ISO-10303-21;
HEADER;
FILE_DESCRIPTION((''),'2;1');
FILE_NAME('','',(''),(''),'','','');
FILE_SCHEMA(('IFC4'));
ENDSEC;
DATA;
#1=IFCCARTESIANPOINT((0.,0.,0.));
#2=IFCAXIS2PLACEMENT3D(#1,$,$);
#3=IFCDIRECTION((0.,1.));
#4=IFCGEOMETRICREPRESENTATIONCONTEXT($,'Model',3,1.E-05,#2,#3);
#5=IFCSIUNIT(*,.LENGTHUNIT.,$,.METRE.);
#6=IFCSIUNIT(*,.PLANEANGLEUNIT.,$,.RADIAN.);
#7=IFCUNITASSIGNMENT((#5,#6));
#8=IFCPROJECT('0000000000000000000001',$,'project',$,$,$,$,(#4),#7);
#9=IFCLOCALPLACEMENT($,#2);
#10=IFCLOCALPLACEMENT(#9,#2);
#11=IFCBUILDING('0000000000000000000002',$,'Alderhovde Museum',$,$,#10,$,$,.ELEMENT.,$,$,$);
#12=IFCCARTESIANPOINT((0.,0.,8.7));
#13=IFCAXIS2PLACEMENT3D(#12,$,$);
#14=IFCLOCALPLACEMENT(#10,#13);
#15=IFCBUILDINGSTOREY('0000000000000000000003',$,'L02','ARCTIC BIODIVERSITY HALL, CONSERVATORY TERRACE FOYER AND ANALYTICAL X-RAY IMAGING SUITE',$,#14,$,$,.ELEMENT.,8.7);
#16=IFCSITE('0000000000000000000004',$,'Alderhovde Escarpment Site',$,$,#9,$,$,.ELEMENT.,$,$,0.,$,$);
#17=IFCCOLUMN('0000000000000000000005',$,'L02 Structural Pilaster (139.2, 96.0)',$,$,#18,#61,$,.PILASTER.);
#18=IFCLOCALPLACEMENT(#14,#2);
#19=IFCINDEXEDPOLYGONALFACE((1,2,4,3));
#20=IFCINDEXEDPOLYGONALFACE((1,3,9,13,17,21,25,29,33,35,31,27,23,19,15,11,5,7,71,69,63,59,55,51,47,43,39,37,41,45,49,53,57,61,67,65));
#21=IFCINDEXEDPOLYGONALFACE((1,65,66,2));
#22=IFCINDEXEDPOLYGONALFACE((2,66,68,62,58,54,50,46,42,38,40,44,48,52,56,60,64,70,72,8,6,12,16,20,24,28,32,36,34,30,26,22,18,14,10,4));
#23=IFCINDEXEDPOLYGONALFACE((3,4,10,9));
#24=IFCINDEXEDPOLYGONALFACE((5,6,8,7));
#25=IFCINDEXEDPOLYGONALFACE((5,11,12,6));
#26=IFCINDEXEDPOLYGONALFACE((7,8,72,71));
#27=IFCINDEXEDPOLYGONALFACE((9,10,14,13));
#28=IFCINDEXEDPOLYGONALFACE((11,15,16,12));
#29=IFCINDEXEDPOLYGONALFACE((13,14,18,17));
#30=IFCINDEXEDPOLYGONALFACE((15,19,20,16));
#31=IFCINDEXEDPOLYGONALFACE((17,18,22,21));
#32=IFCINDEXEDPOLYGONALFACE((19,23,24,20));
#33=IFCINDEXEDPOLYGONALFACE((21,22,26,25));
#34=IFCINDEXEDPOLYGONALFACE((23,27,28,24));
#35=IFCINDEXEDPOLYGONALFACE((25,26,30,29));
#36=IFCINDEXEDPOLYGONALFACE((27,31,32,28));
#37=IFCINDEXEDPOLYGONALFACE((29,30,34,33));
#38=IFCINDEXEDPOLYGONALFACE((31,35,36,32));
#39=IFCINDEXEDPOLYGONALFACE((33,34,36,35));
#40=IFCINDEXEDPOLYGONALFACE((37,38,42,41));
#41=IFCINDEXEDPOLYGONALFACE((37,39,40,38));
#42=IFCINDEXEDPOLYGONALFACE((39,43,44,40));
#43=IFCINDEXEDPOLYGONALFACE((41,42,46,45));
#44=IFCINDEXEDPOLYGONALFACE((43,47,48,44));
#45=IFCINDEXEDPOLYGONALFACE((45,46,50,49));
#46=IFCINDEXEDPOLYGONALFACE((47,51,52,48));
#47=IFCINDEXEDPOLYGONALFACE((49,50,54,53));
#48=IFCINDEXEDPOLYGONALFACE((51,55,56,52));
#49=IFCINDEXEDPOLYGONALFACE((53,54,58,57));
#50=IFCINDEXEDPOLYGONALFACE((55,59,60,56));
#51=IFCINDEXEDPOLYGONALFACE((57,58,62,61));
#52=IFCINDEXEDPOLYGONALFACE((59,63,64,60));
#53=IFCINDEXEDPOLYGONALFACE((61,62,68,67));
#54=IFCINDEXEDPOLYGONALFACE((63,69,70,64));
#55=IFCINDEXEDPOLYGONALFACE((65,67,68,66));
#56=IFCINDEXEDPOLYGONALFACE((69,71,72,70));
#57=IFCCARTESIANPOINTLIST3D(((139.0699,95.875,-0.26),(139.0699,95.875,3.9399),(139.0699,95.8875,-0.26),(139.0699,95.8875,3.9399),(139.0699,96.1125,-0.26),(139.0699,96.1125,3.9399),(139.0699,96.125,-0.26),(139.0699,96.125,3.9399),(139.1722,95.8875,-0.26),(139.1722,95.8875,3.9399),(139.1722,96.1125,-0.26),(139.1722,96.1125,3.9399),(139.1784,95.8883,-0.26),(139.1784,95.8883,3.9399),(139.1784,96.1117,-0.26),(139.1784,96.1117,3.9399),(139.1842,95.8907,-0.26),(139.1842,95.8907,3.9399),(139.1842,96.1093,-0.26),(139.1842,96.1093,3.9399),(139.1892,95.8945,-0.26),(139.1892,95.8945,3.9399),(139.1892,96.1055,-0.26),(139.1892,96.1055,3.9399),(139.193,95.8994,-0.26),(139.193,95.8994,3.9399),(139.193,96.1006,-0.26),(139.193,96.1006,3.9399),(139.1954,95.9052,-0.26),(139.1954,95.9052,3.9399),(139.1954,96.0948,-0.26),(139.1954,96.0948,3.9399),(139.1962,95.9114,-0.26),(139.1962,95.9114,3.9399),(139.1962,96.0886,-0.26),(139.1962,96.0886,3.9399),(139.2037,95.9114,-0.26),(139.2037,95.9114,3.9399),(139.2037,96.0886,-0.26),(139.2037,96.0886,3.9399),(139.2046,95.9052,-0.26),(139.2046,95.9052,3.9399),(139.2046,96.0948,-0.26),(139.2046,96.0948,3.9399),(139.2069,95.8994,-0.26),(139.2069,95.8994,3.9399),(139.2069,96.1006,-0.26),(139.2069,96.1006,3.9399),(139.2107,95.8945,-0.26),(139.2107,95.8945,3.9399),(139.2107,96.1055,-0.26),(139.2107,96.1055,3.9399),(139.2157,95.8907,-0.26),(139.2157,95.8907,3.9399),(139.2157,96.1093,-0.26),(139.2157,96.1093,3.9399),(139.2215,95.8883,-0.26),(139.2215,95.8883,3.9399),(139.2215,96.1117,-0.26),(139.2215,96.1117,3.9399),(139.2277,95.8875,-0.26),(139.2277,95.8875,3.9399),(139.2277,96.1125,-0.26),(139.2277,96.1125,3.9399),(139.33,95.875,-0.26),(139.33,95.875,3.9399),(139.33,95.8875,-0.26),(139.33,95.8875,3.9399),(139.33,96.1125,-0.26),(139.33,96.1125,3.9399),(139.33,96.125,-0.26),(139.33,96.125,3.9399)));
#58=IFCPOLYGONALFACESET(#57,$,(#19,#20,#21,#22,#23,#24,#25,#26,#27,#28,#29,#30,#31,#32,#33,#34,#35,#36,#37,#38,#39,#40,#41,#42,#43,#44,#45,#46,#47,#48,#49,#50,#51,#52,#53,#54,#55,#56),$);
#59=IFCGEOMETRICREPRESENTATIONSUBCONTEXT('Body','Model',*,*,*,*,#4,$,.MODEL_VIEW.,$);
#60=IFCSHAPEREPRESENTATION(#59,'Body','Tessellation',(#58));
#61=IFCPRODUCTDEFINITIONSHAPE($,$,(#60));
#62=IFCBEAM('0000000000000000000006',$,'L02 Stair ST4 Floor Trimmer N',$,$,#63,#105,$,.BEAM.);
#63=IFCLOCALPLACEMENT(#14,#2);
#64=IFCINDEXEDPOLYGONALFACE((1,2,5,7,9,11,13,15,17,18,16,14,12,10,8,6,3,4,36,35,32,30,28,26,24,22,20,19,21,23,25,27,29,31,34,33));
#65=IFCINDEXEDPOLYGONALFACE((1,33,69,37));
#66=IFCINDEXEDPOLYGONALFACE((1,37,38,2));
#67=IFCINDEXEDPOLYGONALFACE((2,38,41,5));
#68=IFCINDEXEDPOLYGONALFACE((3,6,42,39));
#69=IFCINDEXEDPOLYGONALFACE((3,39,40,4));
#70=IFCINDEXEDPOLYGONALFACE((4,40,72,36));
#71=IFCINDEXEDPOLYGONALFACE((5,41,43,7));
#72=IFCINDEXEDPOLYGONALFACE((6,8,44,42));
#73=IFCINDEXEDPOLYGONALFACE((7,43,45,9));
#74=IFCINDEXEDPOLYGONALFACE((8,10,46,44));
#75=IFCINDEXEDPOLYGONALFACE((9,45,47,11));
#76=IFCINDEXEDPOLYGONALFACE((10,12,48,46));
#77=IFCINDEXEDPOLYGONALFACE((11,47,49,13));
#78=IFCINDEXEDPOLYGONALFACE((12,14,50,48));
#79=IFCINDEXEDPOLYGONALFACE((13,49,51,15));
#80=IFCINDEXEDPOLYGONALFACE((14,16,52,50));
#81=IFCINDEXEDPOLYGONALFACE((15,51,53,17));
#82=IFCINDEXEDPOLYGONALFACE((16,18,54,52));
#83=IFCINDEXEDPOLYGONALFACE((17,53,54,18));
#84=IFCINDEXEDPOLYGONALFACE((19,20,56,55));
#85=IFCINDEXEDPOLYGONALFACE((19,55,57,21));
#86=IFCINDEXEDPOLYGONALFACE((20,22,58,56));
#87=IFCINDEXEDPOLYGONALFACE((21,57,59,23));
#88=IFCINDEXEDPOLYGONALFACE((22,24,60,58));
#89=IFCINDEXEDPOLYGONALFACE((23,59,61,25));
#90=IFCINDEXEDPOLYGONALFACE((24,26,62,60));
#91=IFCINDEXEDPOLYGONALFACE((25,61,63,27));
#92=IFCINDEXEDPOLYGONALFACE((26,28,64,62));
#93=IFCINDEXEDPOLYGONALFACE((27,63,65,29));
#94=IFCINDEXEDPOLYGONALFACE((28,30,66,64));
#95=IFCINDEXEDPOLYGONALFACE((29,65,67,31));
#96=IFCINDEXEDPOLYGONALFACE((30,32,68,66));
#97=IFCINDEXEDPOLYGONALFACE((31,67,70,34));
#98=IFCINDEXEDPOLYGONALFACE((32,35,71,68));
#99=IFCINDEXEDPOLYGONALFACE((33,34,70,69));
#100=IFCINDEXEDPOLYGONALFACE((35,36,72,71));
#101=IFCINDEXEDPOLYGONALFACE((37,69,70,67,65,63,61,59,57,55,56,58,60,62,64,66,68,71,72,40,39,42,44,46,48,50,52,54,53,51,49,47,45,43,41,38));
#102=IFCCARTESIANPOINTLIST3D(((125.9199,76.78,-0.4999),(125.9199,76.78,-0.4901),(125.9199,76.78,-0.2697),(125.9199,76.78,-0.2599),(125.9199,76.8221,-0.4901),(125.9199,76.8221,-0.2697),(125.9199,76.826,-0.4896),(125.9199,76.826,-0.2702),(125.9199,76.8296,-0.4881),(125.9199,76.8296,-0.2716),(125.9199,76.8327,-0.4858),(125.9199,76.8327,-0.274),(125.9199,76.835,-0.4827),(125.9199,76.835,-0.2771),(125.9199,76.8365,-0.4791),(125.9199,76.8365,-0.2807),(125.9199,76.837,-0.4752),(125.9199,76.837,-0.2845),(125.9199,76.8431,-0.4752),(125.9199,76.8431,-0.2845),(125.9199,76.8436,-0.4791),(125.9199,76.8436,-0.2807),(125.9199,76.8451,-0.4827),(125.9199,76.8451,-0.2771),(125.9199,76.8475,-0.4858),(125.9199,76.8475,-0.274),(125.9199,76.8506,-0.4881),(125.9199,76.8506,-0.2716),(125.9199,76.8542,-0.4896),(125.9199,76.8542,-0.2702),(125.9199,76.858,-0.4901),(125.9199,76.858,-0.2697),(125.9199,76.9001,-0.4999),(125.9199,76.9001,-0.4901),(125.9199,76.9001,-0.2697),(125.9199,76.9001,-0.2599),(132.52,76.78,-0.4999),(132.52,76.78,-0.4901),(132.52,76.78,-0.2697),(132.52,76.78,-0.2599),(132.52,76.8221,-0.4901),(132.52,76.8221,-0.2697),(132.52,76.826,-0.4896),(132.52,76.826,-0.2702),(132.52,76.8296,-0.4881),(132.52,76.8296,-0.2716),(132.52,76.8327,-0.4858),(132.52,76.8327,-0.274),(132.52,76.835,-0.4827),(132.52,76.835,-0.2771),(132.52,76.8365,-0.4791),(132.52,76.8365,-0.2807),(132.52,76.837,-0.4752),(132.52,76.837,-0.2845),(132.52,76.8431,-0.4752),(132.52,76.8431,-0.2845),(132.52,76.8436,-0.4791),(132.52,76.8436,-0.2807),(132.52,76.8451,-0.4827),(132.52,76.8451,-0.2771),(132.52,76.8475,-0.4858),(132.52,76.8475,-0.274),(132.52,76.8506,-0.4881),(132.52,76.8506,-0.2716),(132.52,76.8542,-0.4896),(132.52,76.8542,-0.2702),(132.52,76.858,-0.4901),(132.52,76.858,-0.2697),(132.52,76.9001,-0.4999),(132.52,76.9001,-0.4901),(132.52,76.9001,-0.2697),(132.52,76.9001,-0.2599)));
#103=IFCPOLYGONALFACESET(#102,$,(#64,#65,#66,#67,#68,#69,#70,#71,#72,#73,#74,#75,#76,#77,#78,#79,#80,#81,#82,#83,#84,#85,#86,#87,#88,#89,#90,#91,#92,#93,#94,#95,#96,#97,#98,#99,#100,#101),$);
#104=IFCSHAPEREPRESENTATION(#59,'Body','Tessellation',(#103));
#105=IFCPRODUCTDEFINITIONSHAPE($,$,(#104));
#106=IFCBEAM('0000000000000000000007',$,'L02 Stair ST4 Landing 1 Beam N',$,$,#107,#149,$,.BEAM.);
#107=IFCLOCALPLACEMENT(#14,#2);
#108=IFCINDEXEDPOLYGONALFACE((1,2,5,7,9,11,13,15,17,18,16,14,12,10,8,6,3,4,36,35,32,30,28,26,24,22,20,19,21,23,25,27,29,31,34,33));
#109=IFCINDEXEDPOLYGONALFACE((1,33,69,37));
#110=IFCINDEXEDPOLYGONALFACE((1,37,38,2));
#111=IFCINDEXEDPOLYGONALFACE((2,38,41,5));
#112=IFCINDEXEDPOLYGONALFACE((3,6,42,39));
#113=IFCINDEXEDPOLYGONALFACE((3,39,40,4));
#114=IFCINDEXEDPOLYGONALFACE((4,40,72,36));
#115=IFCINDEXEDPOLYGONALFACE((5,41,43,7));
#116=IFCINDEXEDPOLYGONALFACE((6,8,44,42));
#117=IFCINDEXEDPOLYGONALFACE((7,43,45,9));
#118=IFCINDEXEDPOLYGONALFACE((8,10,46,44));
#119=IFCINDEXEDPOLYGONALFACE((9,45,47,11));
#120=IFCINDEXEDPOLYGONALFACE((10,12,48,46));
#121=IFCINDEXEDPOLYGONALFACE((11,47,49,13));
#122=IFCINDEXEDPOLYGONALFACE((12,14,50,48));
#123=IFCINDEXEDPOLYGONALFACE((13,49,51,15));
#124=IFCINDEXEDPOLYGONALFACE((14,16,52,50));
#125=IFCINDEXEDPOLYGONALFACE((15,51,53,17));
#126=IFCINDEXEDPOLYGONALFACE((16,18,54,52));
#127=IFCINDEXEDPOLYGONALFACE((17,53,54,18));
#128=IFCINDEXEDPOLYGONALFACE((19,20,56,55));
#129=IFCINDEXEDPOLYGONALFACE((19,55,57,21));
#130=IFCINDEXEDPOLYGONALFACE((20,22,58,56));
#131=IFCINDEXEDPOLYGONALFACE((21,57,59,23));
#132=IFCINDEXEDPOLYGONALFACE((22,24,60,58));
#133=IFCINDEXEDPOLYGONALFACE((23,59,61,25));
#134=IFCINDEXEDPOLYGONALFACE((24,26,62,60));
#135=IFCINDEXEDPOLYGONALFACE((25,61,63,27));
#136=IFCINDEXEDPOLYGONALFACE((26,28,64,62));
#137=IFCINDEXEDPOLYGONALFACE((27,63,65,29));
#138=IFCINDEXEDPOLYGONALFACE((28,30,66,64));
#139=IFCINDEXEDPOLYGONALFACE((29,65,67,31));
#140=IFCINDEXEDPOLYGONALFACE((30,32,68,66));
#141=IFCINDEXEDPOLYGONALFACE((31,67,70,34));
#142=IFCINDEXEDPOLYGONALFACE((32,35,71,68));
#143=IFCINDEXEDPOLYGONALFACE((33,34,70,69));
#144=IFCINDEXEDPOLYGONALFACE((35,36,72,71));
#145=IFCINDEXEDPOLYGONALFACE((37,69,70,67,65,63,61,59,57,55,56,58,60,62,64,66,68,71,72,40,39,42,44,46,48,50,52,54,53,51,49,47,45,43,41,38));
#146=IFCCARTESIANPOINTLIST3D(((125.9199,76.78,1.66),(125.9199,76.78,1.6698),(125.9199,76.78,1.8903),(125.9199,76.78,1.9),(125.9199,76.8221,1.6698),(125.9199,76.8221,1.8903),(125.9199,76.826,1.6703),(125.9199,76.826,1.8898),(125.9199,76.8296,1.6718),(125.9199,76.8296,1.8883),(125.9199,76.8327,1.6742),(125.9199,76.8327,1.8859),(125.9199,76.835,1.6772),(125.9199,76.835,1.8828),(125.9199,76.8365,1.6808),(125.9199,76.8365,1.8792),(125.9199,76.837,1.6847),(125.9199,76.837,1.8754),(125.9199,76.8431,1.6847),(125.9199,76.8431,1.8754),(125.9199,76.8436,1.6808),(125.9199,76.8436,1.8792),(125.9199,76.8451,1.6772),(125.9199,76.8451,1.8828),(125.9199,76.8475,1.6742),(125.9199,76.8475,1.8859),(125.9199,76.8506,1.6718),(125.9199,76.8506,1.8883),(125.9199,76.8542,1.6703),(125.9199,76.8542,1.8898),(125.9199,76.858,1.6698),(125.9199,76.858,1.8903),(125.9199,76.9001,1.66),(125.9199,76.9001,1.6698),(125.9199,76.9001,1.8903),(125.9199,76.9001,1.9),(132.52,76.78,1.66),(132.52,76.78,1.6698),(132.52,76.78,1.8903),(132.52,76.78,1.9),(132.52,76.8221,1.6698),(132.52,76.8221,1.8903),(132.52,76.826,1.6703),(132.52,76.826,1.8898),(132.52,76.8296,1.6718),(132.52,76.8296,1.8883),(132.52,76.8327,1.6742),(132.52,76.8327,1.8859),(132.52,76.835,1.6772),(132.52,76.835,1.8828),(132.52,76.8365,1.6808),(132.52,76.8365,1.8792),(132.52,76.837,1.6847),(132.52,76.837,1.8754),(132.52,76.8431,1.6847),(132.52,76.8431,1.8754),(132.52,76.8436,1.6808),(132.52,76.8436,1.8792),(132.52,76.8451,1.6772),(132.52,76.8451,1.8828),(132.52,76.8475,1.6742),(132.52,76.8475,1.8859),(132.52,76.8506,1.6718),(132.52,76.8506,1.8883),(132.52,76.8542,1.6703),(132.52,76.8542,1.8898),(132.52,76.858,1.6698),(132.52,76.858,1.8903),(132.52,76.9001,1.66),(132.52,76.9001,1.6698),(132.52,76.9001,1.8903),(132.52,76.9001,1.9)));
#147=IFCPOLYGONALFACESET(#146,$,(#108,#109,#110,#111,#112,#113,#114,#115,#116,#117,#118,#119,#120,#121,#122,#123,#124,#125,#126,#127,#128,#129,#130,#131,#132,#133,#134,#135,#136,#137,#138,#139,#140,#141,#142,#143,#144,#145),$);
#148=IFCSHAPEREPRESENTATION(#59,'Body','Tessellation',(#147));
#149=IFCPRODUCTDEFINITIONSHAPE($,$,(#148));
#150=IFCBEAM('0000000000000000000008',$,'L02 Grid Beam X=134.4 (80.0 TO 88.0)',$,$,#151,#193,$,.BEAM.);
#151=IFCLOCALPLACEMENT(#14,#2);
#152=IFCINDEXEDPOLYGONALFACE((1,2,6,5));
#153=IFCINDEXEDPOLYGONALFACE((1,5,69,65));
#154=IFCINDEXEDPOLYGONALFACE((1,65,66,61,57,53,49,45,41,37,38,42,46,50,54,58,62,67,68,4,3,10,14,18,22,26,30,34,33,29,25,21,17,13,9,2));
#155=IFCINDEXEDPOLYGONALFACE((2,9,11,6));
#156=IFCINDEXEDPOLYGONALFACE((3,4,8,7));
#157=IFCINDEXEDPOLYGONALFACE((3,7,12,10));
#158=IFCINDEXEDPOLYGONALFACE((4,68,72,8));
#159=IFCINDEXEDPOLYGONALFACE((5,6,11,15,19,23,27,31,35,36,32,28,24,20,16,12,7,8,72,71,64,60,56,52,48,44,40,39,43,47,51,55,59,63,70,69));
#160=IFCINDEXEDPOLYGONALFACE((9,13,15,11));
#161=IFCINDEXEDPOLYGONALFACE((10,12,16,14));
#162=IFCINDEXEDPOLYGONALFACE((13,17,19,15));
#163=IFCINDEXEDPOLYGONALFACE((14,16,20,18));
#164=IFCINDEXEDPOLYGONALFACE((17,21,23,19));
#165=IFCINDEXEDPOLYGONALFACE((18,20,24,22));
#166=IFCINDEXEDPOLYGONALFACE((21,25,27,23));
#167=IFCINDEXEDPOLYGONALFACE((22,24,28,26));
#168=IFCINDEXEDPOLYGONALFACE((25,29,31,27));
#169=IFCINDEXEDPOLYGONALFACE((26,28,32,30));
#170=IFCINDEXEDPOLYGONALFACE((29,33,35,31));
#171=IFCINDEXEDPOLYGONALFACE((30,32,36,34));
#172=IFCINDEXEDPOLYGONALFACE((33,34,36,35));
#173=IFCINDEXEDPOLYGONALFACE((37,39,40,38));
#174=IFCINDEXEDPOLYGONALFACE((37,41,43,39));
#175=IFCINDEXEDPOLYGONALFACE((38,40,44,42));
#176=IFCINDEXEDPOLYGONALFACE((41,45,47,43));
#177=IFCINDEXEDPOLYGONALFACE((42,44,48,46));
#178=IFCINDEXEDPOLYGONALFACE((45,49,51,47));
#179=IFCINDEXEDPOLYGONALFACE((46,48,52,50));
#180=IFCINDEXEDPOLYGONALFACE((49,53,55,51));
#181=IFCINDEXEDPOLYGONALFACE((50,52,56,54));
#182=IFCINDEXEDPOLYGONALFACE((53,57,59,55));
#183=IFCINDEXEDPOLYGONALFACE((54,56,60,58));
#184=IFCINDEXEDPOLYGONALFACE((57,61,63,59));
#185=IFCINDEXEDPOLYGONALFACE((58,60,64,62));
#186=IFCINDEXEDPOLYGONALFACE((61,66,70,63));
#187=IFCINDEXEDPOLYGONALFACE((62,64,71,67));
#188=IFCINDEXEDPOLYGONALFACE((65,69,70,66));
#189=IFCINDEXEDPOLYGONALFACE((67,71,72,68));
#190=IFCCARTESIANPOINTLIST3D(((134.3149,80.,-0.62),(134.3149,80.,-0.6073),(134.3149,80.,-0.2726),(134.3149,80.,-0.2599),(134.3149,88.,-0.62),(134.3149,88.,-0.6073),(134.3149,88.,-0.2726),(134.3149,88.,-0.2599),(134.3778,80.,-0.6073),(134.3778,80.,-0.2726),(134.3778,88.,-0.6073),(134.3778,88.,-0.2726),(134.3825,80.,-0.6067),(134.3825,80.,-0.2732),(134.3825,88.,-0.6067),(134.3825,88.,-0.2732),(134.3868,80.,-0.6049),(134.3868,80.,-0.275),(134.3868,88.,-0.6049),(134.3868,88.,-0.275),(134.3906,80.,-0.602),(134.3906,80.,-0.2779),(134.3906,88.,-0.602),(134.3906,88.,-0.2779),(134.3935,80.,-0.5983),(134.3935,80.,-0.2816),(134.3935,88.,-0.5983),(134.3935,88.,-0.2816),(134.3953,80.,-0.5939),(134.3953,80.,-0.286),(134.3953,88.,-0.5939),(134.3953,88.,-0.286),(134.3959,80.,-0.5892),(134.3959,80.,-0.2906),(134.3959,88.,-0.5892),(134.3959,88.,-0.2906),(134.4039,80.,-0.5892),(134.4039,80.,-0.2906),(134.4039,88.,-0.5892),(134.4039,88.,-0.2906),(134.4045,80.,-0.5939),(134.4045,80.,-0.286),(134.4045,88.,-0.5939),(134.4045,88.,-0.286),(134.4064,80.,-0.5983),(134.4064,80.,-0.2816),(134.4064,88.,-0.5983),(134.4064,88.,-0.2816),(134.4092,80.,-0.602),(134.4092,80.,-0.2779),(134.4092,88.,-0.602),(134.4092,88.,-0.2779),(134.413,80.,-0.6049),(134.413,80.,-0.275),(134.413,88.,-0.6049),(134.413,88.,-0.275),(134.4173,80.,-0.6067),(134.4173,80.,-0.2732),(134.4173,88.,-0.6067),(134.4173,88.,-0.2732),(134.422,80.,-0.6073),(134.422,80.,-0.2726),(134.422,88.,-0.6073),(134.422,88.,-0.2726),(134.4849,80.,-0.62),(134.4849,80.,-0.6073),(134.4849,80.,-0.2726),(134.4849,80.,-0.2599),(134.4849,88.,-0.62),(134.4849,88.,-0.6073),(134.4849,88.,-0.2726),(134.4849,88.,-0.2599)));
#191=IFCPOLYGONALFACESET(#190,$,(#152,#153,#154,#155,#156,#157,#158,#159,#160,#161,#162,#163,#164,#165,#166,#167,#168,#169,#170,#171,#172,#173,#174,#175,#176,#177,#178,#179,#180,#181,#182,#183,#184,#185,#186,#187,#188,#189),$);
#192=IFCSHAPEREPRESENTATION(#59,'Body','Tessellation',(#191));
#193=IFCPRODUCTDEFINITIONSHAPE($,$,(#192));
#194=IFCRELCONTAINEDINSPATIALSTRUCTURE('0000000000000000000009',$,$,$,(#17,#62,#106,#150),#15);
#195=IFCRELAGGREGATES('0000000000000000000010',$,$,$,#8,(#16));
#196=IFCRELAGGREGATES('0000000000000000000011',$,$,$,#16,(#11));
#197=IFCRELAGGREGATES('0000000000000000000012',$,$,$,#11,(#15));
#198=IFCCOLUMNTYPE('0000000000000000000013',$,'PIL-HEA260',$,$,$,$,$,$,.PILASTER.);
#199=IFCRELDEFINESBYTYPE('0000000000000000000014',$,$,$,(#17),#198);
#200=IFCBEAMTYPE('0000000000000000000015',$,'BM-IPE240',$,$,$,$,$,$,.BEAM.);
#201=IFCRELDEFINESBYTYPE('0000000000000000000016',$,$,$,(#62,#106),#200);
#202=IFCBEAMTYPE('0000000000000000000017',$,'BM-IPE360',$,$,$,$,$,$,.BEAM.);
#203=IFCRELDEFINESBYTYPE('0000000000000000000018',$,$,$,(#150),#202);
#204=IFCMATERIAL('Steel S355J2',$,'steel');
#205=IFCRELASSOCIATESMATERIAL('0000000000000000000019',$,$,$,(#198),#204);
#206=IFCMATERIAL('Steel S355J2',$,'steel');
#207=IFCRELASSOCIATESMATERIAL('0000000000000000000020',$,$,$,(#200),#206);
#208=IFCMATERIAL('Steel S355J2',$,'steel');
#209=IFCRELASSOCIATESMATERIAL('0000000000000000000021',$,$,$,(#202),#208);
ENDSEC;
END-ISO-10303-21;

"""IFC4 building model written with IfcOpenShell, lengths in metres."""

from ifc_helpers import new_model, si_unit, direction, frame, origin, origin_2d, place, context, subcontext, project, spatial, i_section, extrude, material, material_profile, profile_set, type_object, element, save


model = new_model("IFC4")

# Units and contexts
model_context = context("Model", 3, precision=1e-05, world=origin(), true_north=direction((0.0, 1.0)))
body_context = subcontext(model_context, "Body", "Model", "MODEL_VIEW")
ifc_project = project(units=[si_unit("LENGTHUNIT", "METRE"), si_unit("PLANEANGLEUNIT", "RADIAN")], contexts=[model_context])

# Site, building, storey
site_placement = place(None, origin())
site = spatial("IfcSite", under=ifc_project, at=site_placement, Name="Alderhovde Escarpment Site", CompositionType="ELEMENT", RefElevation=0.0)
building_placement = place(site_placement, origin())
building = spatial("IfcBuilding", under=site, at=building_placement, Name="Alderhovde Museum", CompositionType="ELEMENT")
storey_placement = place(building_placement, frame((0.0, 0.0, 8.7)))
storey = spatial("IfcBuildingStorey", under=building, at=storey_placement, Name="L02", Description="ARCTIC BIODIVERSITY HALL, CONSERVATORY TERRACE FOYER AND ANALYTICAL X-RAY IMAGING SUITE", CompositionType="ELEMENT", Elevation=8.7)

# Column
ifc_material_1 = material(Name="Steel S355J2", Category="steel")
ifc_material_profile_1 = material_profile(ifc_material_1, i_section(OverallWidth=0.26, OverallDepth=0.25, WebThickness=0.0076, FlangeThickness=0.0125, FilletRadius=0.0239, at=origin_2d()), Name="HEA 260")
ifc_profile_set_1 = profile_set([ifc_material_profile_1], Name="Steel S355J2")
column_type_1 = type_object("IfcColumnType", Name="PIL-HEA260", PredefinedType="PILASTER", material=ifc_profile_set_1)
column_1_placement = place(storey_placement, frame((139.2, 96.0, -0.26), z_axis=(0.0, 0.0, 1.0), x_axis=(1.0, 0.0, 0.0)))
element("IfcColumn", 1, at=column_1_placement, inside=storey, type_object=column_type_1, Name="L02 Structural Pilaster (139.2, 96.0)", PredefinedType="PILASTER", context=body_context, shape_type="SweptSolid", body=[
    extrude(i_section(OverallWidth=0.26, OverallDepth=0.25, WebThickness=0.0076, FlangeThickness=0.0125, FilletRadius=0.0239, at=origin_2d()), origin(), (0.0, 0.0, 1.0), 4.2),
])

# Beams
ifc_material_2 = material(Name="Steel S355J2", Category="steel")
ifc_material_profile_2 = material_profile(ifc_material_2, i_section(OverallWidth=0.1201, OverallDepth=0.24, WebThickness=0.0061, FlangeThickness=0.0098, FilletRadius=0.0149, at=origin_2d()), Name="IPE 240")
ifc_profile_set_2 = profile_set([ifc_material_profile_2], Name="Steel S355J2")
beam_type_1 = type_object("IfcBeamType", Name="BM-IPE240", PredefinedType="BEAM", material=ifc_profile_set_2)
for number, where, z_axis, x_axis, name in (
    (2, (125.9199, 76.8401, -0.3799), (1.0, 0.0, 0.0), (0.0, 1.0, 0.0), "L02 Stair ST4 Floor Trimmer N"),
    (3, (125.9199, 76.8401, 1.78), (1.0, 0.0, 0.0), (0.0, 1.0, 0.0), "L02 Stair ST4 Landing 1 Beam N"),
):
    element("IfcBeam", number, at=place(storey_placement, frame(where, z_axis=z_axis, x_axis=x_axis)), inside=storey, type_object=beam_type_1, Name=name, PredefinedType="BEAM", context=body_context, shape_type="SweptSolid", body=[
        extrude(i_section(OverallWidth=0.1201, OverallDepth=0.24, WebThickness=0.0061, FlangeThickness=0.0098, FilletRadius=0.0149, at=origin_2d()), origin(), (0.0, 0.0, 1.0), 6.6001),
    ])
ifc_material_3 = material(Name="Steel S355J2", Category="steel")
ifc_material_profile_3 = material_profile(ifc_material_3, i_section(OverallWidth=0.1699, OverallDepth=0.3601, WebThickness=0.0081, FlangeThickness=0.0127, FilletRadius=0.0181, at=origin_2d()), Name="IPE 360")
ifc_profile_set_3 = profile_set([ifc_material_profile_3], Name="Steel S355J2")
beam_type_2 = type_object("IfcBeamType", Name="BM-IPE360", PredefinedType="BEAM", material=ifc_profile_set_3)
for number, where, z_axis, x_axis, name in (
    (4, (134.3999, 80.0, -0.4399), (0.0, 1.0, 0.0), (-1.0, 0.0, 0.0), "L02 Grid Beam X=134.4 (80.0 TO 88.0)"),
):
    element("IfcBeam", number, at=place(storey_placement, frame(where, z_axis=z_axis, x_axis=x_axis)), inside=storey, type_object=beam_type_2, Name=name, PredefinedType="BEAM", context=body_context, shape_type="SweptSolid", body=[
        extrude(i_section(OverallWidth=0.1699, OverallDepth=0.3601, WebThickness=0.0081, FlangeThickness=0.0127, FilletRadius=0.0181, at=origin_2d()), origin(), (0.0, 0.0, 1.0), 8.0),
    ])

save(model, "model.ifc")
